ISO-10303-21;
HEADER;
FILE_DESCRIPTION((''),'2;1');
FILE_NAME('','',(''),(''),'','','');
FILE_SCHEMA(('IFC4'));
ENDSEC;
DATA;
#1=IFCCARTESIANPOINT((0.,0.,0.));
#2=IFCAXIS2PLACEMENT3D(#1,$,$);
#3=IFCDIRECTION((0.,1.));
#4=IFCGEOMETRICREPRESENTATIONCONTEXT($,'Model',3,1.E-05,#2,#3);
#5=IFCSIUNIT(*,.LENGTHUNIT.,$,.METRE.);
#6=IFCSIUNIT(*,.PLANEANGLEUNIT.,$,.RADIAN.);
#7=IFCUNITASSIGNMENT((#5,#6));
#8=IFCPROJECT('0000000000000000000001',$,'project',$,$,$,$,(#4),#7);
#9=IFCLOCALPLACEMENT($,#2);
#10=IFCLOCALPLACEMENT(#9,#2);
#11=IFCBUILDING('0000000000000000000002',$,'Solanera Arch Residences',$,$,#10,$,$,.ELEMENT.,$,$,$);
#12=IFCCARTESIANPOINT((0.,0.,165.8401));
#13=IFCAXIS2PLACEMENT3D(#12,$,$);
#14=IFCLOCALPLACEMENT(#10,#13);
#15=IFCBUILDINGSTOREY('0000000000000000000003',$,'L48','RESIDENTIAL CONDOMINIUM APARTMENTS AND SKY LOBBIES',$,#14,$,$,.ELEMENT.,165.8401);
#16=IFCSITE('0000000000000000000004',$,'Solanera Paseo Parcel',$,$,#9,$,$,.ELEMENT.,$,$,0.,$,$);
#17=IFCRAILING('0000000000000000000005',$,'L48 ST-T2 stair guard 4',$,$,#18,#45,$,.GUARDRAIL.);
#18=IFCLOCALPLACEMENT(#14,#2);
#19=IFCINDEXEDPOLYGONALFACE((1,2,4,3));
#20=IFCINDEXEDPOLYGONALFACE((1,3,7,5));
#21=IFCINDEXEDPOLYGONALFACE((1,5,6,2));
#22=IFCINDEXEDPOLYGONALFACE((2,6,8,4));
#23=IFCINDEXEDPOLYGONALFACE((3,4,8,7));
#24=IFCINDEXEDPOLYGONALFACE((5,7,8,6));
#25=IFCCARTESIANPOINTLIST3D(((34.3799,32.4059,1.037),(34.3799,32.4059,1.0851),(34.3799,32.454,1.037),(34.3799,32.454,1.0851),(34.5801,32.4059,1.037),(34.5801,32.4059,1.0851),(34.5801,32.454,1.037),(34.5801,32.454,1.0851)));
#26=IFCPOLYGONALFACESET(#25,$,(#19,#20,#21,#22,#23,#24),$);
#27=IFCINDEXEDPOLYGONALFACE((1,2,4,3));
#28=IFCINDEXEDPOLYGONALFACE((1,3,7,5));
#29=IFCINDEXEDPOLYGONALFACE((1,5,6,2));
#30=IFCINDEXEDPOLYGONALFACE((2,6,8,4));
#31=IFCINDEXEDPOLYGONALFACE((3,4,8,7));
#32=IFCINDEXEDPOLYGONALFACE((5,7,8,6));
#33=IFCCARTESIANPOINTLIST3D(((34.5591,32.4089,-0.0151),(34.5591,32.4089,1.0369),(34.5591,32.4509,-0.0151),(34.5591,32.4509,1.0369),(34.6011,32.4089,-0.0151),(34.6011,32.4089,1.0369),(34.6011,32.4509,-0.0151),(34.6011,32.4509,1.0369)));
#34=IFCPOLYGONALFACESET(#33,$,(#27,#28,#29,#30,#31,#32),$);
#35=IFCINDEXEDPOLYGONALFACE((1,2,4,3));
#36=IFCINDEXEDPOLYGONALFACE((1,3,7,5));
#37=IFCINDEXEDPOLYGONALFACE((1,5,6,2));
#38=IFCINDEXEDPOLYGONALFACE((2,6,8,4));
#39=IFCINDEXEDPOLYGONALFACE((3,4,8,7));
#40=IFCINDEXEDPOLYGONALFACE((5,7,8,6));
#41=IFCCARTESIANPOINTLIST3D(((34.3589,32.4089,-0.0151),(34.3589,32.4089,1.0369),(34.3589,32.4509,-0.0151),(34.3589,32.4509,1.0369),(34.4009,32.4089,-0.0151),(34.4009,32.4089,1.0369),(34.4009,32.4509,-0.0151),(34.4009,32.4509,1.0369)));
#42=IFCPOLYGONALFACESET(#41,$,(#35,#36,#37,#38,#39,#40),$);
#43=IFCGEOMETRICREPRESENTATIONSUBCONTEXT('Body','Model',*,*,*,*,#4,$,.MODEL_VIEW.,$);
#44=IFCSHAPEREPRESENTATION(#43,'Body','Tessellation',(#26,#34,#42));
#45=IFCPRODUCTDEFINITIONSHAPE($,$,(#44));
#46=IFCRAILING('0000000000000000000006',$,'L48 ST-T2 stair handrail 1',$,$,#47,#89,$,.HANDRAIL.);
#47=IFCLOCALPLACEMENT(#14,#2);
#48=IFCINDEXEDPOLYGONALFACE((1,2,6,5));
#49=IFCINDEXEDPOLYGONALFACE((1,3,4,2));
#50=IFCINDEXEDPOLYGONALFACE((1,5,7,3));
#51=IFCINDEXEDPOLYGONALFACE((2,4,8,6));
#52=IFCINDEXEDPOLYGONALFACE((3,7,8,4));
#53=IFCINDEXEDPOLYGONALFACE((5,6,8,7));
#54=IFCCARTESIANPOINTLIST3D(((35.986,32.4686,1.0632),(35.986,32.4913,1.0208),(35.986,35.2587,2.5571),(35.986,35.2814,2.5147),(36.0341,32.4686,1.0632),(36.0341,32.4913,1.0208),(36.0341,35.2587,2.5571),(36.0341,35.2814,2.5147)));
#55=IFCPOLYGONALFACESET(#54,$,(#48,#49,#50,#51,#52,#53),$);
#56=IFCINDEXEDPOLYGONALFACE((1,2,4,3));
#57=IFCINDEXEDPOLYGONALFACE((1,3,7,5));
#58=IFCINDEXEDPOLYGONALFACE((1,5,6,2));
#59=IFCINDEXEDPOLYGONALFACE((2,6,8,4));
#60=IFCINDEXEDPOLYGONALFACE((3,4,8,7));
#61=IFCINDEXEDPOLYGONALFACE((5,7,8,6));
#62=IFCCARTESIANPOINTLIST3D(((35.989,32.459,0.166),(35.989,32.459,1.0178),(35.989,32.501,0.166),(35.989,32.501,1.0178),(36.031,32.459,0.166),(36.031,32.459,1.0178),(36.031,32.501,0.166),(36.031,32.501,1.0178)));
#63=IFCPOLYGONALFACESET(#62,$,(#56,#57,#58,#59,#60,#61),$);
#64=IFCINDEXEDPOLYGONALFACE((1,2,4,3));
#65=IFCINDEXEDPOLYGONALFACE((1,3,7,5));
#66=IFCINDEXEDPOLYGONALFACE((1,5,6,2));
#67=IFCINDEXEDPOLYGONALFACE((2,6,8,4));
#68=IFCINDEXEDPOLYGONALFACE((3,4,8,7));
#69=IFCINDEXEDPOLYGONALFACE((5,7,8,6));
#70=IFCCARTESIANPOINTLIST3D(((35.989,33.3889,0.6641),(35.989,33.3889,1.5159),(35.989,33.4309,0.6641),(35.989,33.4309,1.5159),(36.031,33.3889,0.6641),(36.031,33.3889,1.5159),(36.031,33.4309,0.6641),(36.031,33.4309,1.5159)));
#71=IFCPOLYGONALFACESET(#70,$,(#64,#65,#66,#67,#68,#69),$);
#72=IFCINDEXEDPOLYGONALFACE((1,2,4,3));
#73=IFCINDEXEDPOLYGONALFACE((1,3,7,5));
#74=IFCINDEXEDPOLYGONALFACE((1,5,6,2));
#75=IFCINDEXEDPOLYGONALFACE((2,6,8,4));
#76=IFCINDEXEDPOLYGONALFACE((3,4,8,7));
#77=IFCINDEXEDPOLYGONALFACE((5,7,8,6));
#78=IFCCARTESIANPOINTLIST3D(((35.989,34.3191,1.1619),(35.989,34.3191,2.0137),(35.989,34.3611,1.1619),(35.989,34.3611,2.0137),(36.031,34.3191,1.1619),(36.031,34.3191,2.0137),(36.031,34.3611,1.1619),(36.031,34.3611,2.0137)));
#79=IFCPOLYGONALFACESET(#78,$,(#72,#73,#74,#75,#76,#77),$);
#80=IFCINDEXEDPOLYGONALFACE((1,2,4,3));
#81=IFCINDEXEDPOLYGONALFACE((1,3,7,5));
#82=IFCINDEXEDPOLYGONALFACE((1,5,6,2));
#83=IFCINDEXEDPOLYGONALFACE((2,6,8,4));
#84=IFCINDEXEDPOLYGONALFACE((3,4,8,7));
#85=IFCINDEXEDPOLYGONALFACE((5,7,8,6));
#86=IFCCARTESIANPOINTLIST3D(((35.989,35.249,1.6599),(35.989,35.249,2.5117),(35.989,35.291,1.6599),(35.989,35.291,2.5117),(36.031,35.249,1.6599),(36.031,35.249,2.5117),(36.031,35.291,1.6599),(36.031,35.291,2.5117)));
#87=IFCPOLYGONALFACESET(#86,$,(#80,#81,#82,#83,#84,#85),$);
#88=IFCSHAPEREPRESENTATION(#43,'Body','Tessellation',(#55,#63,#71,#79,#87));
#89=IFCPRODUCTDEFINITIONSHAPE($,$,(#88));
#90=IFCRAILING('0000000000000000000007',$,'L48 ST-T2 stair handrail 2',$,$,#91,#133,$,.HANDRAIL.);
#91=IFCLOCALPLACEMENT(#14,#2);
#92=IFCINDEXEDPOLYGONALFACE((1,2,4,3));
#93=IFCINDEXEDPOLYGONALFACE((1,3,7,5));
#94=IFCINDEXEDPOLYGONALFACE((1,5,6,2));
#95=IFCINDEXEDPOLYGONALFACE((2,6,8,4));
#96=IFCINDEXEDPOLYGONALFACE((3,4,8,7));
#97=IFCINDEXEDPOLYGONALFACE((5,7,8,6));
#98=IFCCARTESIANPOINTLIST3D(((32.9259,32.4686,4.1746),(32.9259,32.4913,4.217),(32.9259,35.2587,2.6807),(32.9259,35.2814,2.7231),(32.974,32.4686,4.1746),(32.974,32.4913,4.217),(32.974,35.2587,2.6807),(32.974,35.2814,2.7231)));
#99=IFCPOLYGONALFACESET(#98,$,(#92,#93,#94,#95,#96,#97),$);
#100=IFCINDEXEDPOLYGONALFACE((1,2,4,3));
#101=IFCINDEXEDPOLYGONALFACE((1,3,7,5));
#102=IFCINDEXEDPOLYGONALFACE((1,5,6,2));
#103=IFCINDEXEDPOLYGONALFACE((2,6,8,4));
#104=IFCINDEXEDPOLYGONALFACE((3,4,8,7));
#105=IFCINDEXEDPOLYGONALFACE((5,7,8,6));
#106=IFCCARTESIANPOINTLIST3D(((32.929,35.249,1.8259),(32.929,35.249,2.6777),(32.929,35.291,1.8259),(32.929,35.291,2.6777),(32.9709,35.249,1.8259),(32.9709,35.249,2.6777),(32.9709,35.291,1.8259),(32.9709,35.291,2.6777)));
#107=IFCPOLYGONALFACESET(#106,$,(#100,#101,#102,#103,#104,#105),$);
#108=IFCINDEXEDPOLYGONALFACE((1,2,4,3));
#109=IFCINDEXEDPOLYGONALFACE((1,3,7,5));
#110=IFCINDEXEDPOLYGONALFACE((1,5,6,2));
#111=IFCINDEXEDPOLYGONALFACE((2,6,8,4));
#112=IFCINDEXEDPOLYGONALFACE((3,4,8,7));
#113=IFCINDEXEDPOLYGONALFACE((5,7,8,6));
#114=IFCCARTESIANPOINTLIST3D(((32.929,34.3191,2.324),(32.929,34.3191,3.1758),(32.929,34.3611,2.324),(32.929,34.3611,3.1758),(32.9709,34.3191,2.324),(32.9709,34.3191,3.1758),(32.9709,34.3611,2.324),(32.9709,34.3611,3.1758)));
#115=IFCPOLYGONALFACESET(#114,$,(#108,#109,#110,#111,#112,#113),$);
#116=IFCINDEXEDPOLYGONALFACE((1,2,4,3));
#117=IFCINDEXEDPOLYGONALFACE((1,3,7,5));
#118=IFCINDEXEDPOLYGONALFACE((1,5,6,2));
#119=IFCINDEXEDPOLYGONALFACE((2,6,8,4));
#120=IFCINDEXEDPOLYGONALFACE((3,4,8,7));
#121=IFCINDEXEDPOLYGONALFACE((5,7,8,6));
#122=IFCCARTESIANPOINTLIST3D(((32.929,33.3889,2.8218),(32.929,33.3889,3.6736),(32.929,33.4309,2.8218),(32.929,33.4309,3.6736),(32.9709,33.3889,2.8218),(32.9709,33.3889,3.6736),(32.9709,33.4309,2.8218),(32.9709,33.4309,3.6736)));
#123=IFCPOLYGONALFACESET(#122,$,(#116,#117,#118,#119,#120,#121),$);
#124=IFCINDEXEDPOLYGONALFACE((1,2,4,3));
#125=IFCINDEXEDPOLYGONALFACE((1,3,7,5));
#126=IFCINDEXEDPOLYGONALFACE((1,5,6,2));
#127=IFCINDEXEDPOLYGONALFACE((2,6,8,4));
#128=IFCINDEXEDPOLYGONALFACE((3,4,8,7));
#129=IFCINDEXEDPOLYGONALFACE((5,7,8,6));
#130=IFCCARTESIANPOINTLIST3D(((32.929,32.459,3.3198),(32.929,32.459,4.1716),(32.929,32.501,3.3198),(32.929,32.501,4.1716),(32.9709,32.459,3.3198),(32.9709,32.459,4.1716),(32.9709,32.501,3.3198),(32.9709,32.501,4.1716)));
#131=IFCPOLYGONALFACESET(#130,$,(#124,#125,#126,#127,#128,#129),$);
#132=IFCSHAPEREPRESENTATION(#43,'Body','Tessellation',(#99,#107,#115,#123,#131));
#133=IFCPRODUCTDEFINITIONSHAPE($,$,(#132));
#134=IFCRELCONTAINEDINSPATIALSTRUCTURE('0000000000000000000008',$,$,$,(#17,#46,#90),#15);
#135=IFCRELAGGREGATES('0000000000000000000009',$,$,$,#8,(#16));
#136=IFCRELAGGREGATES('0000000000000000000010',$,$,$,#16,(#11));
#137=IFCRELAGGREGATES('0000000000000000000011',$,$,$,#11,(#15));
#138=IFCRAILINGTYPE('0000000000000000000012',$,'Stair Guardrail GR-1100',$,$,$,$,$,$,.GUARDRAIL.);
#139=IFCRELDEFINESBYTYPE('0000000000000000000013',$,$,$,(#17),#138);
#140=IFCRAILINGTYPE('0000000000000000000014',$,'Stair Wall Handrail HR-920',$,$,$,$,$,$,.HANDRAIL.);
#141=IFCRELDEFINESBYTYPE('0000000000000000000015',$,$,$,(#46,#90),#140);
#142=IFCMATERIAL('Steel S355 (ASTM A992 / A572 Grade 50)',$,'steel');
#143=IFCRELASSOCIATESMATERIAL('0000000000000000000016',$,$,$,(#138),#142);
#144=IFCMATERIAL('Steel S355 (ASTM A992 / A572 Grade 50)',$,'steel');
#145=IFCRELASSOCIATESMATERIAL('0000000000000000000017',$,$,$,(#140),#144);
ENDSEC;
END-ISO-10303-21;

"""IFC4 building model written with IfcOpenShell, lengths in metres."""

from ifc_helpers import new_model, si_unit, direction, frame, origin, origin_2d, place, context, subcontext, project, spatial, rectangle, extrude, material, type_object, element, save


model = new_model("IFC4")

# Units and contexts
model_context = context("Model", 3, precision=1e-05, world=origin(), true_north=direction((0.0, 1.0)))
body_context = subcontext(model_context, "Body", "Model", "MODEL_VIEW")
ifc_project = project(units=[si_unit("LENGTHUNIT", "METRE"), si_unit("PLANEANGLEUNIT", "RADIAN")], contexts=[model_context])

# Site, building, storey
site_placement = place(None, origin())
site = spatial("IfcSite", under=ifc_project, at=site_placement, Name="Solanera Paseo Parcel", CompositionType="ELEMENT", RefElevation=0.0)
building_placement = place(site_placement, origin())
building = spatial("IfcBuilding", under=site, at=building_placement, Name="Solanera Arch Residences", CompositionType="ELEMENT")
storey_placement = place(building_placement, frame((0.0, 0.0, 165.8401)))
storey = spatial("IfcBuildingStorey", under=building, at=storey_placement, Name="L48", Description="RESIDENTIAL CONDOMINIUM APARTMENTS AND SKY LOBBIES", CompositionType="ELEMENT", Elevation=165.8401)

# Railings
ifc_material_1 = material(Name="Steel S355 (ASTM A992 / A572 Grade 50)", Category="steel")
railing_type_1 = type_object("IfcRailingType", Name="Stair Guardrail GR-1100", PredefinedType="GUARDRAIL", material=ifc_material_1)
railing_1_placement = place(storey_placement, frame((34.5801, 32.4299, -0.0151)))
element("IfcRailing", 1, at=railing_1_placement, inside=storey, type_object=railing_type_1, Name="L48 ST-T2 stair guard 4", PredefinedType="GUARDRAIL", context=body_context, shape_type="SweptSolid", body=[
    extrude(rectangle(XDim=0.0481, YDim=0.0481, at=origin_2d()), frame((0.0, 0.0, 1.0762), z_axis=(-1.0, 0.0, 0.0), x_axis=(0.0, -1.0, 0.0)), (0.0, 0.0, 1.0), 0.2002),
    extrude(rectangle(XDim=0.042, YDim=0.042, at=origin_2d()), origin(), (0.0, 0.0, 1.0), 1.052),
    extrude(rectangle(XDim=0.042, YDim=0.042, at=origin_2d()), frame((-0.2002, 0.0, 0.0)), (0.0, 0.0, 1.0), 1.052),
])
ifc_material_2 = material(Name="Steel S355 (ASTM A992 / A572 Grade 50)", Category="steel")
railing_type_2 = type_object("IfcRailingType", Name="Stair Wall Handrail HR-920", PredefinedType="HANDRAIL", material=ifc_material_2)
railing_2_placement = place(storey_placement, frame((36.01, 32.48, 0.166)))
element("IfcRailing", 2, at=railing_2_placement, inside=storey, type_object=railing_type_2, Name="L48 ST-T2 stair handrail 1", PredefinedType="HANDRAIL", context=body_context, shape_type="SweptSolid", body=[
    extrude(rectangle(XDim=0.0481, YDim=0.0481, at=origin_2d()), frame((0.0, 0.0, 0.876), z_axis=(0.0, 0.881581, 0.472033), x_axis=(-1.0, 0.0, 0.0)), (0.0, 0.0, 1.0), 3.1648),
    extrude(rectangle(XDim=0.042, YDim=0.042, at=origin_2d()), origin(), (0.0, 0.0, 1.0), 0.8518),
    extrude(rectangle(XDim=0.042, YDim=0.042, at=origin_2d()), frame((0.0, 0.9299, 0.498)), (0.0, 0.0, 1.0), 0.8518),
    extrude(rectangle(XDim=0.042, YDim=0.042, at=origin_2d()), frame((0.0, 1.8601, 0.9958)), (0.0, 0.0, 1.0), 0.8518),
    extrude(rectangle(XDim=0.042, YDim=0.042, at=origin_2d()), frame((0.0, 2.79, 1.4939)), (0.0, 0.0, 1.0), 0.8518),
])
railing_3_placement = place(storey_placement, frame((32.95, 35.27, 1.8259)))
element("IfcRailing", 3, at=railing_3_placement, inside=storey, type_object=railing_type_2, Name="L48 ST-T2 stair handrail 2", PredefinedType="HANDRAIL", context=body_context, shape_type="SweptSolid", body=[
    extrude(rectangle(XDim=0.0481, YDim=0.0481, at=origin_2d()), frame((0.0, 0.0, 0.876), z_axis=(0.0, -0.881581, 0.472033), x_axis=(1.0, 0.0, 0.0)), (0.0, 0.0, 1.0), 3.1648),
    extrude(rectangle(XDim=0.042, YDim=0.042, at=origin_2d()), origin(), (0.0, 0.0, 1.0), 0.8518),
    extrude(rectangle(XDim=0.042, YDim=0.042, at=origin_2d()), frame((0.0, -0.9299, 0.498)), (0.0, 0.0, 1.0), 0.8518),
    extrude(rectangle(XDim=0.042, YDim=0.042, at=origin_2d()), frame((0.0, -1.8601, 0.9958)), (0.0, 0.0, 1.0), 0.8518),
    extrude(rectangle(XDim=0.042, YDim=0.042, at=origin_2d()), frame((0.0, -2.79, 1.4939)), (0.0, 0.0, 1.0), 0.8518),
])

save(model, "model.ifc")
